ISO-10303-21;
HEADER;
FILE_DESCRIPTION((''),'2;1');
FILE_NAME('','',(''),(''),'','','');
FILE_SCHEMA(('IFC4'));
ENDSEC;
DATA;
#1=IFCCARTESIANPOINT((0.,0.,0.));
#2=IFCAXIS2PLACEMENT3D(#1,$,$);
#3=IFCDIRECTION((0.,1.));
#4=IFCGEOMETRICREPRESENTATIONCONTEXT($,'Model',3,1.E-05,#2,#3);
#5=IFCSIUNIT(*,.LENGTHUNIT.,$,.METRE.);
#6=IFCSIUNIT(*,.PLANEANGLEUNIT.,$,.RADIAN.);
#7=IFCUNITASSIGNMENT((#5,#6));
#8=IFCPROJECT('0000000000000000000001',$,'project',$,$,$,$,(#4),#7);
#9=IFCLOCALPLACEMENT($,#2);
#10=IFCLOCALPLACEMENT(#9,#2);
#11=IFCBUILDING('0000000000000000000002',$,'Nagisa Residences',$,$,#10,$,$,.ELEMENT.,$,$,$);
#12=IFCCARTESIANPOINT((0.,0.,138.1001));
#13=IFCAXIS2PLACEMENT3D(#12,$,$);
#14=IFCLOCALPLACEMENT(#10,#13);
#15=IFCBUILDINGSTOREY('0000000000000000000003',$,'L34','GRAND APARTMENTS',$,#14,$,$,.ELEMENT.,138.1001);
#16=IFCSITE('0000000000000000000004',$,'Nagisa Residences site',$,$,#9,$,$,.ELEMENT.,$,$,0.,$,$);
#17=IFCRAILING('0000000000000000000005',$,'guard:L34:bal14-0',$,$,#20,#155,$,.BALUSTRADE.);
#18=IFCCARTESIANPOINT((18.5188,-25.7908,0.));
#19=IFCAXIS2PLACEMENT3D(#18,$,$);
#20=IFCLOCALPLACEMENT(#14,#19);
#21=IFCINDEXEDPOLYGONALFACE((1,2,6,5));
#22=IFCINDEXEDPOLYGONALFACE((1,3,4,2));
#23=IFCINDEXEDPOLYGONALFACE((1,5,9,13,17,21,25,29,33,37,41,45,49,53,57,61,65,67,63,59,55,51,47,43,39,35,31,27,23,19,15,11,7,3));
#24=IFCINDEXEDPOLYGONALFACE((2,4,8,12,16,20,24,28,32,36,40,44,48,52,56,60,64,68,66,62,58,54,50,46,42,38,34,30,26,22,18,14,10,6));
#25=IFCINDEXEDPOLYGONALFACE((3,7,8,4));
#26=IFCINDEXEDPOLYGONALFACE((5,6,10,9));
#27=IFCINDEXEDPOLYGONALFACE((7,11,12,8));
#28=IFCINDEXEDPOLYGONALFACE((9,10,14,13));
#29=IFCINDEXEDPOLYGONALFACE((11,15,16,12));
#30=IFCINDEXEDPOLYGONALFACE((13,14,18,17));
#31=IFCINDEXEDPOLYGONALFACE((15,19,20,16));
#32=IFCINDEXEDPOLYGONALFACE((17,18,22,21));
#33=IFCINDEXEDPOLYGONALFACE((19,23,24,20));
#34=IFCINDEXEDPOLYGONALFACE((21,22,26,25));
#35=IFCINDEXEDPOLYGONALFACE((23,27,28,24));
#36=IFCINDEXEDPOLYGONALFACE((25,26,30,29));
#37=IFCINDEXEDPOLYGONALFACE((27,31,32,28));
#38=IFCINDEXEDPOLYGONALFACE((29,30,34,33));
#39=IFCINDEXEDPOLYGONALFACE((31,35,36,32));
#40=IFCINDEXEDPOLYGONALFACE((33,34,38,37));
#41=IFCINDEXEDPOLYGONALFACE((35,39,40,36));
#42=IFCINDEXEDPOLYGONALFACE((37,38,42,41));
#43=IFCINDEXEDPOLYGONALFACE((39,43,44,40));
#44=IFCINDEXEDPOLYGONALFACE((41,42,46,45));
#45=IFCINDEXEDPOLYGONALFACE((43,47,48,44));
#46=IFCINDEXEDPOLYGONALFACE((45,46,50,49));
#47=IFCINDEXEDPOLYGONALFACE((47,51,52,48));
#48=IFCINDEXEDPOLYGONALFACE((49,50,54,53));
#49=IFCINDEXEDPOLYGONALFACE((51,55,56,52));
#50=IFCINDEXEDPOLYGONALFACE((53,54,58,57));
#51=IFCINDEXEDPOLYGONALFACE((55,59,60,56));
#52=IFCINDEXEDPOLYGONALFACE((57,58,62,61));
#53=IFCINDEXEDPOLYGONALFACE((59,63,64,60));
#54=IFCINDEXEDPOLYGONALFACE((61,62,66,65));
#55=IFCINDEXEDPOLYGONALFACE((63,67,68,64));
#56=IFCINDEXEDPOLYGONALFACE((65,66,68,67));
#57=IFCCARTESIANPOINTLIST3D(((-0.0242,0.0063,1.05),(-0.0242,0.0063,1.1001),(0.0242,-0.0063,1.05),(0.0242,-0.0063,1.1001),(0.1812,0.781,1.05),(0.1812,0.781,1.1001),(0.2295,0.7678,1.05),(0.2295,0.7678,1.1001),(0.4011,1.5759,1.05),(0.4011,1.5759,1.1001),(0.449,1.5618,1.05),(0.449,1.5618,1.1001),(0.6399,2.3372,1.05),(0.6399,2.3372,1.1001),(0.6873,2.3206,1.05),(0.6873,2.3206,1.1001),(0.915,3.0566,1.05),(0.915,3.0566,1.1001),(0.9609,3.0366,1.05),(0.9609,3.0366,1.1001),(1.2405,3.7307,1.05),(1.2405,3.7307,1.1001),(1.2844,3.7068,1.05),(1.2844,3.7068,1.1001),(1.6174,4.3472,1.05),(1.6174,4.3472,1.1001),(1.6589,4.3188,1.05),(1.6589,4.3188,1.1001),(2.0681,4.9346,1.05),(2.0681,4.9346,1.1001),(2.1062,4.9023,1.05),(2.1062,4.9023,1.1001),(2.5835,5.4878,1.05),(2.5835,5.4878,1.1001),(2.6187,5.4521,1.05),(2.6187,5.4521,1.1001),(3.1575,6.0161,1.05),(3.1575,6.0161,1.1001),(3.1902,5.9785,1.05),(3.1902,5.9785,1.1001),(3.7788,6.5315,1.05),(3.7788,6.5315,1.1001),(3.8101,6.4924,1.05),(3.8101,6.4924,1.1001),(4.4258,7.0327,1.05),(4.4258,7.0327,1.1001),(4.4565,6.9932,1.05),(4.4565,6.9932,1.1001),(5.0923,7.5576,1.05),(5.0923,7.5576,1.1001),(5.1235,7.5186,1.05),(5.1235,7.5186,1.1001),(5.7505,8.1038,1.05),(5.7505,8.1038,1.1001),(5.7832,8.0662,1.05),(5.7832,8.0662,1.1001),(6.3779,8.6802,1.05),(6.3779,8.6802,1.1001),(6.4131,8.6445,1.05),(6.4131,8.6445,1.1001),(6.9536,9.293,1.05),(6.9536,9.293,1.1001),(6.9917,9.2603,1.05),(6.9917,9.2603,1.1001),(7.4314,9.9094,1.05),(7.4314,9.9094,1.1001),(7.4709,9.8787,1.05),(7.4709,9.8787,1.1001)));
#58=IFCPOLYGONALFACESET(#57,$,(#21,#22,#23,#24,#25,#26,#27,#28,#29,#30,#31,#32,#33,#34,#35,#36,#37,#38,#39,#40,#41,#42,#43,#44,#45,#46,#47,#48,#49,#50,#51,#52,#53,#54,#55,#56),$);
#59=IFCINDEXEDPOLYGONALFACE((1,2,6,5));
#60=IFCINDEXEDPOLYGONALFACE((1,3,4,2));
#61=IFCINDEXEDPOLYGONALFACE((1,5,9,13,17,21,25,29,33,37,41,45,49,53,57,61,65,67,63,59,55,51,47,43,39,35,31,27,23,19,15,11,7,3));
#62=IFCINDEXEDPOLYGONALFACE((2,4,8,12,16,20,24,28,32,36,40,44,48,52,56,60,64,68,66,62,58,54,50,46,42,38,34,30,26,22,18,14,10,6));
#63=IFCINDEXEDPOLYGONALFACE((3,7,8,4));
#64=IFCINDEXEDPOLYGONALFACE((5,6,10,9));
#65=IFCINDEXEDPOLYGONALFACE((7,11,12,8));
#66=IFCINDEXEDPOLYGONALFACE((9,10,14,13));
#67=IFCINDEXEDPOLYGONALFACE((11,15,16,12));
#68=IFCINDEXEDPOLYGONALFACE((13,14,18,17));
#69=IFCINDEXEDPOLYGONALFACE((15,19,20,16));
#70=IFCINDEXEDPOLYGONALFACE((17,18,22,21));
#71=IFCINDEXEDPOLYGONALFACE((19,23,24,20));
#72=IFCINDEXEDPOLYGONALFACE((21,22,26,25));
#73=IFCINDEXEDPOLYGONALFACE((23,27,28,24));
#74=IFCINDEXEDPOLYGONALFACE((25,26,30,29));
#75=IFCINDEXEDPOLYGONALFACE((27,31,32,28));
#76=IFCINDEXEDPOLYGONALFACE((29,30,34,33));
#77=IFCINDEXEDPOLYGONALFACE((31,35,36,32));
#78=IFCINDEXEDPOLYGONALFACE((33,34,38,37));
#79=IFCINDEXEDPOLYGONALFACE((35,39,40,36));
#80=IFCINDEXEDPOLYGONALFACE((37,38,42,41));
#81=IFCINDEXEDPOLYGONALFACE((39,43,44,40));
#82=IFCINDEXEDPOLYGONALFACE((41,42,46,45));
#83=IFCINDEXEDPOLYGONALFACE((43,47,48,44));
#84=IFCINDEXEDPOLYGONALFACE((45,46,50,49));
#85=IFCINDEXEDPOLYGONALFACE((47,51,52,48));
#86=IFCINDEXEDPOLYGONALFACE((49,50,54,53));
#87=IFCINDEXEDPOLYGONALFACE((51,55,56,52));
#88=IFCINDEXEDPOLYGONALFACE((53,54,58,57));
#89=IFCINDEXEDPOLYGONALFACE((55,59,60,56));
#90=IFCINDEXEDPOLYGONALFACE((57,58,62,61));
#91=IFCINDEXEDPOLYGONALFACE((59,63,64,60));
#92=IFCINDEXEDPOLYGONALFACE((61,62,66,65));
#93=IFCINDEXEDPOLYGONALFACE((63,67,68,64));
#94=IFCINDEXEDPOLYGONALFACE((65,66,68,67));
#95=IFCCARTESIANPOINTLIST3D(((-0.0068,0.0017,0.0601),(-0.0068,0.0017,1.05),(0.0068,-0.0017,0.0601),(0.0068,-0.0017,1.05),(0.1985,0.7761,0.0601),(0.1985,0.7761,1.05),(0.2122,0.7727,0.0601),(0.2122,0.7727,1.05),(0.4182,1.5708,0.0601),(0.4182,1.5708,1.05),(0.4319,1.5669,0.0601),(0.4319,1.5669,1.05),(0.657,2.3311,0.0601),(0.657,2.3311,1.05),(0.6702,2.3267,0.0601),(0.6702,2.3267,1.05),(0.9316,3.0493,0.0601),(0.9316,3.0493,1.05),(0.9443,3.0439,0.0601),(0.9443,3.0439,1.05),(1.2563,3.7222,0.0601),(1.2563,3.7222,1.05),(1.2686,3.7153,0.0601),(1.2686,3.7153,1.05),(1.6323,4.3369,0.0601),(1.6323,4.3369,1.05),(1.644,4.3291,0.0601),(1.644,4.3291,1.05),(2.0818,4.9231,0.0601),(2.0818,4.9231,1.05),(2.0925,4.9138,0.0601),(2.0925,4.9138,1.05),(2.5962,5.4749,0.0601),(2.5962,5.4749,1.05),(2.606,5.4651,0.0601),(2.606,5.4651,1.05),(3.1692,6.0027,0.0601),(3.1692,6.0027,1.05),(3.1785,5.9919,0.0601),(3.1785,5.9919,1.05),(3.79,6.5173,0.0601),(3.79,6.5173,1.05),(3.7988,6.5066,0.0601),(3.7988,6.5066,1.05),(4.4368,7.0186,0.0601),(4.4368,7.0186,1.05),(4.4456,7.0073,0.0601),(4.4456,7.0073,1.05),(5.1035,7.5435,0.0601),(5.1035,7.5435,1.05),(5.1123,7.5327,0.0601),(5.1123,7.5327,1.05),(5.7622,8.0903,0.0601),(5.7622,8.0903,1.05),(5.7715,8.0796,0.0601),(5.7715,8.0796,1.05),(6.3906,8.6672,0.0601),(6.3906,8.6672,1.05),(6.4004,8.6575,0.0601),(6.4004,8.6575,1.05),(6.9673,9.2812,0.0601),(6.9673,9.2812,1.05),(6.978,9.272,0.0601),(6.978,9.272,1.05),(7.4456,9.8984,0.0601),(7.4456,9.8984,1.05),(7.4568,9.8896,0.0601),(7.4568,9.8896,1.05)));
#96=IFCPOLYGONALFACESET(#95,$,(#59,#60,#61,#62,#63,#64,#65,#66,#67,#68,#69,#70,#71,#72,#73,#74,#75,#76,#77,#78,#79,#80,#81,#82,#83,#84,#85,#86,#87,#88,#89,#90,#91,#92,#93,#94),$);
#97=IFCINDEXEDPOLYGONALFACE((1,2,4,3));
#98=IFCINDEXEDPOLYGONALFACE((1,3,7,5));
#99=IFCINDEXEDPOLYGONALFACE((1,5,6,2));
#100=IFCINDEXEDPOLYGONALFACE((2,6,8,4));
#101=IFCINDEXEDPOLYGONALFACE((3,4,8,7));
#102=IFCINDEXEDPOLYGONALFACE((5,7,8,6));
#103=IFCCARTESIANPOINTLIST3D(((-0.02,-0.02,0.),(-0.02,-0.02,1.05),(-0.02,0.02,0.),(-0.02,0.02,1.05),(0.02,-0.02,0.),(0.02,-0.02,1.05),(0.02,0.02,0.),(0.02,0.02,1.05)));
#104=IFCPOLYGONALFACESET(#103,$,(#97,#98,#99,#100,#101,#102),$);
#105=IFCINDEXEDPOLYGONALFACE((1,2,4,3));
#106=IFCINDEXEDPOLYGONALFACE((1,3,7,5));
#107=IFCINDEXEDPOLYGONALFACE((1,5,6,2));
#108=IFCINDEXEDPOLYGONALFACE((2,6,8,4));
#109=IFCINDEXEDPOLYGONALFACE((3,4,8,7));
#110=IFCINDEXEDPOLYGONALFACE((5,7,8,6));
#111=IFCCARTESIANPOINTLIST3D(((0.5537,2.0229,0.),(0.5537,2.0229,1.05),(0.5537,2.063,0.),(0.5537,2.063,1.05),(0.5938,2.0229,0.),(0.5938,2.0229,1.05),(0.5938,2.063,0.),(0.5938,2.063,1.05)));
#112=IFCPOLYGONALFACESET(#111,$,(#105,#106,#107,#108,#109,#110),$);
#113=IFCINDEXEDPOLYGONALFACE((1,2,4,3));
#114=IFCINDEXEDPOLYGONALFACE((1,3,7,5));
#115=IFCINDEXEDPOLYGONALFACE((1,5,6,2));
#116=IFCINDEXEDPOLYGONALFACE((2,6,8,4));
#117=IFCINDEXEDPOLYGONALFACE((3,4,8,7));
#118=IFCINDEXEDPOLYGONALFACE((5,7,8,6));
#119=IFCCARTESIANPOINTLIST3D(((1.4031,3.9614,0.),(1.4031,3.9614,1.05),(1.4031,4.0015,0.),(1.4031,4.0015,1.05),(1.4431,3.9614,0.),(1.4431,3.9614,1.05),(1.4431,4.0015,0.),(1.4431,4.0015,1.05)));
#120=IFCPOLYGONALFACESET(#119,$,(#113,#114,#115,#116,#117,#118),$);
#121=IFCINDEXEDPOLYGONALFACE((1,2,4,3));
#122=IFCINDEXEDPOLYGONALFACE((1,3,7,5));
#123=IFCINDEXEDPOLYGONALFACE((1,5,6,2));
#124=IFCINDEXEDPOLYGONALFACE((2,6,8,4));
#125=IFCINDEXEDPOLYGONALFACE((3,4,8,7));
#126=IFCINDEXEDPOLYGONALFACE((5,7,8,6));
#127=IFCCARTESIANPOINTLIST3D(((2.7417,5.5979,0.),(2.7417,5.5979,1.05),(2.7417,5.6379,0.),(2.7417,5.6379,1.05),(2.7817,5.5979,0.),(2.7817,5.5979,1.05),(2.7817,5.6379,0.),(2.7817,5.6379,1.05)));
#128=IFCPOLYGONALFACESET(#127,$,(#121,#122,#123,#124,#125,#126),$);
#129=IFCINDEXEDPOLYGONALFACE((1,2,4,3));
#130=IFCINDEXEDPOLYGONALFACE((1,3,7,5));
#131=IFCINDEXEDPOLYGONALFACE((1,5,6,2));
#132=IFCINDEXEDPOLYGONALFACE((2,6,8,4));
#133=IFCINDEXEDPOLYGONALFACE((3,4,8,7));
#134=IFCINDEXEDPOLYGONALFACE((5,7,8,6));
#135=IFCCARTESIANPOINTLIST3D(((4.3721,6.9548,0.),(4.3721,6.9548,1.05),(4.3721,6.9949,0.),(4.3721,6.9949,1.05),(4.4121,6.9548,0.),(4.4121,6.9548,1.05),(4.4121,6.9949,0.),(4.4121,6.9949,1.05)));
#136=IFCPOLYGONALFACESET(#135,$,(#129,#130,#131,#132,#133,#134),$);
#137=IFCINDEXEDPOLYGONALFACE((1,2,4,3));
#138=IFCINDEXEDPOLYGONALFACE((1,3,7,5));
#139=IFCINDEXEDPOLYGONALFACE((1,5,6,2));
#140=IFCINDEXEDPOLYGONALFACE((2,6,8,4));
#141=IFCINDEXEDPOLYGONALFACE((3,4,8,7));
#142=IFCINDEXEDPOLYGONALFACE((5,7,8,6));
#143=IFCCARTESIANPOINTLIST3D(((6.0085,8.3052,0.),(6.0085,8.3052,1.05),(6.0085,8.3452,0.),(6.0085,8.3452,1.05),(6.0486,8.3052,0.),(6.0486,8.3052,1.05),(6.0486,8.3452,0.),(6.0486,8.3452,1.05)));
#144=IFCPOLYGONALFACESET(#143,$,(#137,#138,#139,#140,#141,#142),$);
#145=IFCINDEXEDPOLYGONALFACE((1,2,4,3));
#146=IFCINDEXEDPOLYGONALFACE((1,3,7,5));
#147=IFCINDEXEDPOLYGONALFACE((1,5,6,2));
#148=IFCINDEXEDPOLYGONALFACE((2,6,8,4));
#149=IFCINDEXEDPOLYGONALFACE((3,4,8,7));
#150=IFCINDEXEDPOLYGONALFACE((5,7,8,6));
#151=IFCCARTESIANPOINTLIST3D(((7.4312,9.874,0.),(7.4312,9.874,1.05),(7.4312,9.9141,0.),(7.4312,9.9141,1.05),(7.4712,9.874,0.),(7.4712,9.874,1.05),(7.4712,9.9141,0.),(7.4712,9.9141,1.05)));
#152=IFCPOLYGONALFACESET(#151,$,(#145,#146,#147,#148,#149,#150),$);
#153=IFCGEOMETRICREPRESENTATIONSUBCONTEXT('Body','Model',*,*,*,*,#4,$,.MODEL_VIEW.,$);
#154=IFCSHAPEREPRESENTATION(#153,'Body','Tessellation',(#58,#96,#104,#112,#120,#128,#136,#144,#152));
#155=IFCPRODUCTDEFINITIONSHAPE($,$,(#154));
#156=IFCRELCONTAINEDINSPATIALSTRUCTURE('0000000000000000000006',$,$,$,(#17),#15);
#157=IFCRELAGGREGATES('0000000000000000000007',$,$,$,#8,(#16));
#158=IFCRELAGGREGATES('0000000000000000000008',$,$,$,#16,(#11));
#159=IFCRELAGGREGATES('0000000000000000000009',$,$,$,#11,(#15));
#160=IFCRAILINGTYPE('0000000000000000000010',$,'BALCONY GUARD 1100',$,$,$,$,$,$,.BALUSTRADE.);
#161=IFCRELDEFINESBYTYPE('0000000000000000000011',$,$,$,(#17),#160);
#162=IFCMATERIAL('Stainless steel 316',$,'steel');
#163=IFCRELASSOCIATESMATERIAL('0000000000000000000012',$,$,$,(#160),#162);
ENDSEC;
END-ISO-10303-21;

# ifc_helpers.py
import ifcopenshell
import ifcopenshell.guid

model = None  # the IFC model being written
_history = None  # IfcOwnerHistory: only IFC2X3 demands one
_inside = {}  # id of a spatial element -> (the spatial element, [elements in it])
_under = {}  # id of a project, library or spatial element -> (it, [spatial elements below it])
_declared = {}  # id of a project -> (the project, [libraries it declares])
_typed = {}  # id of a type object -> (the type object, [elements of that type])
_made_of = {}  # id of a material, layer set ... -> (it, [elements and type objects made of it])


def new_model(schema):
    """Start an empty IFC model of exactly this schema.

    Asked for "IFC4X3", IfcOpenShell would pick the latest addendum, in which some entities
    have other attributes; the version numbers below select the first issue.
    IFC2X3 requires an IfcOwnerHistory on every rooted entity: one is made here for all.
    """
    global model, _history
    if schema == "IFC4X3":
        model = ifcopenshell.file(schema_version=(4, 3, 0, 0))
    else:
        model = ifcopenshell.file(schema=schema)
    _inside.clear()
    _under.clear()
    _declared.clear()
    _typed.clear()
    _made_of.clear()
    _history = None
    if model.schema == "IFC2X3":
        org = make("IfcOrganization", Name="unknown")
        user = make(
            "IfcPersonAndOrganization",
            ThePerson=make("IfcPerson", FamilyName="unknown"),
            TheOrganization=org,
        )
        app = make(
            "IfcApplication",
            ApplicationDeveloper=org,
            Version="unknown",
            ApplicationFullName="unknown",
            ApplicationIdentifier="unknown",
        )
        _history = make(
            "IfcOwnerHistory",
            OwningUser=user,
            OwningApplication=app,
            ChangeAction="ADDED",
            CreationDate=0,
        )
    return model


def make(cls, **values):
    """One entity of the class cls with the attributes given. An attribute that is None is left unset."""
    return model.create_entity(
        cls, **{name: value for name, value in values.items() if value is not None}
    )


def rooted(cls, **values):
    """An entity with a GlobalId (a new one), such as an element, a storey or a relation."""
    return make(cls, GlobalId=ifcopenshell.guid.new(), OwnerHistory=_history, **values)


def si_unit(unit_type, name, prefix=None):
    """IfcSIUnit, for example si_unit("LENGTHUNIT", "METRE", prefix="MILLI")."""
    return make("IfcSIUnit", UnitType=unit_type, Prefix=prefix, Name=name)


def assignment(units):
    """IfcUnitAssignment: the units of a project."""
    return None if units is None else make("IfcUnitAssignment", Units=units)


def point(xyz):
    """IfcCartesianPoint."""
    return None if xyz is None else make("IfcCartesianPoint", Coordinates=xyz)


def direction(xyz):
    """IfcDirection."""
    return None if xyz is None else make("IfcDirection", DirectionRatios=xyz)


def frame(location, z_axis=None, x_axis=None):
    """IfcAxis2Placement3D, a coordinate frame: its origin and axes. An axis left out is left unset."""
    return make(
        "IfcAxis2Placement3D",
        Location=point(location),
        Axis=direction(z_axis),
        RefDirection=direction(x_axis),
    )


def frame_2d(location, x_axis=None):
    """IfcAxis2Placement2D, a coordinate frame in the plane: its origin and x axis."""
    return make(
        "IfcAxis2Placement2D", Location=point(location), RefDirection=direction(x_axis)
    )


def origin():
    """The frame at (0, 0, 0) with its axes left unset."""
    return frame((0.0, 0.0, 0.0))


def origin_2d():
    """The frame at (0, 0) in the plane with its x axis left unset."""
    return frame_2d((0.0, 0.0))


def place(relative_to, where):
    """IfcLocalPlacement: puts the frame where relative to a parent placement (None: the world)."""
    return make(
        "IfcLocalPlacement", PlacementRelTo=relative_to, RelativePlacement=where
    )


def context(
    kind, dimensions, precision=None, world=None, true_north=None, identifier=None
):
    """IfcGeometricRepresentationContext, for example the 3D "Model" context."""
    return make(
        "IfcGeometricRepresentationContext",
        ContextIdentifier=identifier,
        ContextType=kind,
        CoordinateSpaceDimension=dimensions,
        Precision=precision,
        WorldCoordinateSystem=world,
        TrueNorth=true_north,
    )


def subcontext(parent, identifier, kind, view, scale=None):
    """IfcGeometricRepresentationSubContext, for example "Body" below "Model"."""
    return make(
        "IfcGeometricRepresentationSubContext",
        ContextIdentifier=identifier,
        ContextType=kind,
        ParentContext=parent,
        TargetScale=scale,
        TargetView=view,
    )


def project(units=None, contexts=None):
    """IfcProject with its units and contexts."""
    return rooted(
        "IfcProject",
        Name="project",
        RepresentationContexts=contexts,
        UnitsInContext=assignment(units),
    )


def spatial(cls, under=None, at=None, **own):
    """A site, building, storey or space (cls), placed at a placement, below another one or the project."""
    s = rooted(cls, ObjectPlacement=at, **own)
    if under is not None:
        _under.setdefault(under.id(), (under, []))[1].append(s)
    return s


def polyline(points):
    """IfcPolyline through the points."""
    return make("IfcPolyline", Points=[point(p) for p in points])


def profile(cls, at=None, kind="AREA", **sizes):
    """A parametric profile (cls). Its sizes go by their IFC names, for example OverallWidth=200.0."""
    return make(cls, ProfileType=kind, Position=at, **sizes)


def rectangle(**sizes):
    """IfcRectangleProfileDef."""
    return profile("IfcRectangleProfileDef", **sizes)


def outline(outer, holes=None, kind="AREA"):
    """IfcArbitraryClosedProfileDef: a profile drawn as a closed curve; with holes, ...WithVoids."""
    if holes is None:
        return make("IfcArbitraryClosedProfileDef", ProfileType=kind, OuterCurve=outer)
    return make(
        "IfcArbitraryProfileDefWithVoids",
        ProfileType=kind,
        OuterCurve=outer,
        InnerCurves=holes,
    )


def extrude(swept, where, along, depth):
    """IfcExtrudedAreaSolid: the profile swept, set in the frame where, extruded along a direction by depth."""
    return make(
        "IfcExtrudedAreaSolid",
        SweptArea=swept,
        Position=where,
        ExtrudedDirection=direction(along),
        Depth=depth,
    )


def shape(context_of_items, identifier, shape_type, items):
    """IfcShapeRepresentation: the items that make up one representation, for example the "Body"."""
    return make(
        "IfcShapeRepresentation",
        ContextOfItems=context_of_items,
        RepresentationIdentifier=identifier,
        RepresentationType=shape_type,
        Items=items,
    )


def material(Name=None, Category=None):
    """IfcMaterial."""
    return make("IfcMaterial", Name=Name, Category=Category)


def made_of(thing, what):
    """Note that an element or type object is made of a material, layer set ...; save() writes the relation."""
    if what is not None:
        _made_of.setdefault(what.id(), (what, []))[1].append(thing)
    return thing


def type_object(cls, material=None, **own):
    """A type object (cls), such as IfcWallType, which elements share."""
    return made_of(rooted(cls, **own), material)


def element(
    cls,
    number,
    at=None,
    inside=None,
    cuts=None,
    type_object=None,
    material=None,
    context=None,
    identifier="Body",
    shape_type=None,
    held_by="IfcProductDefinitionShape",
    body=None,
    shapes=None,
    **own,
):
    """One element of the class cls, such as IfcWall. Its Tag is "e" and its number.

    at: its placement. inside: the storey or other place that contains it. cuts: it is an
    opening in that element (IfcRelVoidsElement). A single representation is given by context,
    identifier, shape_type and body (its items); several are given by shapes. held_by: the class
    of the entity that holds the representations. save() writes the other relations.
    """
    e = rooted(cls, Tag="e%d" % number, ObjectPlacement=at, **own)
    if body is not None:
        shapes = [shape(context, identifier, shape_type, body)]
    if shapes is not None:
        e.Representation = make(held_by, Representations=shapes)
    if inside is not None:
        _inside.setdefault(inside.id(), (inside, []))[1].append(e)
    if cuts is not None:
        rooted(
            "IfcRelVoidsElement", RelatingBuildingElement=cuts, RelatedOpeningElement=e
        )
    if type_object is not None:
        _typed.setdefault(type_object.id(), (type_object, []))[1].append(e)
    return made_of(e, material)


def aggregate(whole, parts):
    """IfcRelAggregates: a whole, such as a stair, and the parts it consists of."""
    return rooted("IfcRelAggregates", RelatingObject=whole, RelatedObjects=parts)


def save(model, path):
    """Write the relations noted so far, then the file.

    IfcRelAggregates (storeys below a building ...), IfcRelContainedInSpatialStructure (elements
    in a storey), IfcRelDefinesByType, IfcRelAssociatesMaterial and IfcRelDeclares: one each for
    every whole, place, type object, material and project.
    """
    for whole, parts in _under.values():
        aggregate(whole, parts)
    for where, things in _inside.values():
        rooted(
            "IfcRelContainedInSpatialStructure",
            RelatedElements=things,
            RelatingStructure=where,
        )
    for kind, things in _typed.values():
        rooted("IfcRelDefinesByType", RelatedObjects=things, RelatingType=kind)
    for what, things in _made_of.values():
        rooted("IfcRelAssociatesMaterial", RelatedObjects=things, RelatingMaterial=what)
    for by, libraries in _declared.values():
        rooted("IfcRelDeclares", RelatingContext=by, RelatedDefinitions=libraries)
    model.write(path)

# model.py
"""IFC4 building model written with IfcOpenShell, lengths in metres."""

from ifc_helpers import new_model, si_unit, direction, frame, origin, origin_2d, place, context, subcontext, project, spatial, polyline, rectangle, outline, extrude, material, type_object, element, save


model = new_model("IFC4")

# Units and contexts
model_context = context("Model", 3, precision=1e-05, world=origin(), true_north=direction((0.0, 1.0)))
body_context = subcontext(model_context, "Body", "Model", "MODEL_VIEW")
ifc_project = project(units=[si_unit("LENGTHUNIT", "METRE"), si_unit("PLANEANGLEUNIT", "RADIAN")], contexts=[model_context])

# Site, building, storey
site_placement = place(None, origin())
site = spatial("IfcSite", under=ifc_project, at=site_placement, Name="Nagisa Residences site", CompositionType="ELEMENT", RefElevation=0.0)
building_placement = place(site_placement, origin())
building = spatial("IfcBuilding", under=site, at=building_placement, Name="Nagisa Residences", CompositionType="ELEMENT")
storey_placement = place(building_placement, frame((0.0, 0.0, 138.1001)))
storey = spatial("IfcBuildingStorey", under=building, at=storey_placement, Name="L34", Description="GRAND APARTMENTS", CompositionType="ELEMENT", Elevation=138.1001)

# Railing
ifc_material_1 = material(Name="Stainless steel 316", Category="steel")
railing_type = type_object("IfcRailingType", Name="BALCONY GUARD 1100", PredefinedType="BALUSTRADE", material=ifc_material_1)
railing_1_placement = place(storey_placement, frame((18.5188, -25.7908, 0.0)))
element("IfcRailing", 1, at=railing_1_placement, inside=storey, type_object=railing_type, Name="guard:L34:bal14-0", PredefinedType="BALUSTRADE", context=body_context, shape_type="SweptSolid", body=[
    extrude(outline(polyline([(0.1812, 0.781), (-0.0242, 0.0063), (0.0242, -0.0063), (0.2295, 0.7678), (0.449, 1.5618), (0.6873, 2.3206), (0.9609, 3.0366), (1.2844, 3.7068), (1.6589, 4.3188), (2.1062, 4.9023), (2.6187, 5.4521), (3.1902, 5.9785), (3.8101, 6.4924), (4.4565, 6.9932), (5.1235, 7.5186), (5.7832, 8.0662), (6.4131, 8.6445), (6.9917, 9.2603), (7.4709, 9.8787), (7.4314, 9.9094), (6.9536, 9.293), (6.3779, 8.6802), (5.7505, 8.1038), (5.0923, 7.5576), (4.4258, 7.0327), (3.7788, 6.5315), (3.1575, 6.0161), (2.5835, 5.4878), (2.0681, 4.9346), (1.6174, 4.3472), (1.2405, 3.7307), (0.915, 3.0566), (0.6399, 2.3372), (0.4011, 1.5759), (0.1812, 0.781)])), frame((0.0, 0.0, 1.05)), (0.0, 0.0, 1.0), 0.05),
    extrude(outline(polyline([(0.1985, 0.7761), (-0.0068, 0.0017), (0.0068, -0.0017), (0.2122, 0.7727), (0.4319, 1.5669), (0.6702, 2.3267), (0.9443, 3.0439), (1.2686, 3.7153), (1.644, 4.3291), (2.0925, 4.9138), (2.606, 5.4651), (3.1785, 5.9919), (3.7988, 6.5066), (4.4456, 7.0073), (5.1123, 7.5327), (5.7715, 8.0796), (6.4004, 8.6575), (6.978, 9.272), (7.4568, 9.8896), (7.4456, 9.8984), (6.9673, 9.2812), (6.3906, 8.6672), (5.7622, 8.0903), (5.1035, 7.5435), (4.4368, 7.0186), (3.79, 6.5173), (3.1692, 6.0027), (2.5962, 5.4749), (2.0818, 4.9231), (1.6323, 4.3369), (1.2563, 3.7222), (0.9316, 3.0493), (0.657, 2.3311), (0.4182, 1.5708), (0.1985, 0.7761)])), frame((0.0, 0.0, 0.0601)), (0.0, 0.0, 1.0), 0.99),
    extrude(rectangle(XDim=0.04, YDim=0.04, at=origin_2d()), origin(), (0.0, 0.0, 1.0), 1.05),
    extrude(rectangle(XDim=0.04, YDim=0.04, at=origin_2d()), frame((0.5737, 2.043, 0.0)), (0.0, 0.0, 1.0), 1.05),
    extrude(rectangle(XDim=0.04, YDim=0.04, at=origin_2d()), frame((1.4231, 3.9814, 0.0)), (0.0, 0.0, 1.0), 1.05),
    extrude(rectangle(XDim=0.04, YDim=0.04, at=origin_2d()), frame((2.7617, 5.6179, 0.0)), (0.0, 0.0, 1.0), 1.05),
    extrude(rectangle(XDim=0.04, YDim=0.04, at=origin_2d()), frame((4.3921, 6.9749, 0.0)), (0.0, 0.0, 1.0), 1.05),
    extrude(rectangle(XDim=0.04, YDim=0.04, at=origin_2d()), frame((6.0286, 8.3252, 0.0)), (0.0, 0.0, 1.0), 1.05),
    extrude(rectangle(XDim=0.04, YDim=0.04, at=origin_2d()), frame((7.4512, 9.894, 0.0)), (0.0, 0.0, 1.0), 1.05),
])

save(model, "model.ifc")
